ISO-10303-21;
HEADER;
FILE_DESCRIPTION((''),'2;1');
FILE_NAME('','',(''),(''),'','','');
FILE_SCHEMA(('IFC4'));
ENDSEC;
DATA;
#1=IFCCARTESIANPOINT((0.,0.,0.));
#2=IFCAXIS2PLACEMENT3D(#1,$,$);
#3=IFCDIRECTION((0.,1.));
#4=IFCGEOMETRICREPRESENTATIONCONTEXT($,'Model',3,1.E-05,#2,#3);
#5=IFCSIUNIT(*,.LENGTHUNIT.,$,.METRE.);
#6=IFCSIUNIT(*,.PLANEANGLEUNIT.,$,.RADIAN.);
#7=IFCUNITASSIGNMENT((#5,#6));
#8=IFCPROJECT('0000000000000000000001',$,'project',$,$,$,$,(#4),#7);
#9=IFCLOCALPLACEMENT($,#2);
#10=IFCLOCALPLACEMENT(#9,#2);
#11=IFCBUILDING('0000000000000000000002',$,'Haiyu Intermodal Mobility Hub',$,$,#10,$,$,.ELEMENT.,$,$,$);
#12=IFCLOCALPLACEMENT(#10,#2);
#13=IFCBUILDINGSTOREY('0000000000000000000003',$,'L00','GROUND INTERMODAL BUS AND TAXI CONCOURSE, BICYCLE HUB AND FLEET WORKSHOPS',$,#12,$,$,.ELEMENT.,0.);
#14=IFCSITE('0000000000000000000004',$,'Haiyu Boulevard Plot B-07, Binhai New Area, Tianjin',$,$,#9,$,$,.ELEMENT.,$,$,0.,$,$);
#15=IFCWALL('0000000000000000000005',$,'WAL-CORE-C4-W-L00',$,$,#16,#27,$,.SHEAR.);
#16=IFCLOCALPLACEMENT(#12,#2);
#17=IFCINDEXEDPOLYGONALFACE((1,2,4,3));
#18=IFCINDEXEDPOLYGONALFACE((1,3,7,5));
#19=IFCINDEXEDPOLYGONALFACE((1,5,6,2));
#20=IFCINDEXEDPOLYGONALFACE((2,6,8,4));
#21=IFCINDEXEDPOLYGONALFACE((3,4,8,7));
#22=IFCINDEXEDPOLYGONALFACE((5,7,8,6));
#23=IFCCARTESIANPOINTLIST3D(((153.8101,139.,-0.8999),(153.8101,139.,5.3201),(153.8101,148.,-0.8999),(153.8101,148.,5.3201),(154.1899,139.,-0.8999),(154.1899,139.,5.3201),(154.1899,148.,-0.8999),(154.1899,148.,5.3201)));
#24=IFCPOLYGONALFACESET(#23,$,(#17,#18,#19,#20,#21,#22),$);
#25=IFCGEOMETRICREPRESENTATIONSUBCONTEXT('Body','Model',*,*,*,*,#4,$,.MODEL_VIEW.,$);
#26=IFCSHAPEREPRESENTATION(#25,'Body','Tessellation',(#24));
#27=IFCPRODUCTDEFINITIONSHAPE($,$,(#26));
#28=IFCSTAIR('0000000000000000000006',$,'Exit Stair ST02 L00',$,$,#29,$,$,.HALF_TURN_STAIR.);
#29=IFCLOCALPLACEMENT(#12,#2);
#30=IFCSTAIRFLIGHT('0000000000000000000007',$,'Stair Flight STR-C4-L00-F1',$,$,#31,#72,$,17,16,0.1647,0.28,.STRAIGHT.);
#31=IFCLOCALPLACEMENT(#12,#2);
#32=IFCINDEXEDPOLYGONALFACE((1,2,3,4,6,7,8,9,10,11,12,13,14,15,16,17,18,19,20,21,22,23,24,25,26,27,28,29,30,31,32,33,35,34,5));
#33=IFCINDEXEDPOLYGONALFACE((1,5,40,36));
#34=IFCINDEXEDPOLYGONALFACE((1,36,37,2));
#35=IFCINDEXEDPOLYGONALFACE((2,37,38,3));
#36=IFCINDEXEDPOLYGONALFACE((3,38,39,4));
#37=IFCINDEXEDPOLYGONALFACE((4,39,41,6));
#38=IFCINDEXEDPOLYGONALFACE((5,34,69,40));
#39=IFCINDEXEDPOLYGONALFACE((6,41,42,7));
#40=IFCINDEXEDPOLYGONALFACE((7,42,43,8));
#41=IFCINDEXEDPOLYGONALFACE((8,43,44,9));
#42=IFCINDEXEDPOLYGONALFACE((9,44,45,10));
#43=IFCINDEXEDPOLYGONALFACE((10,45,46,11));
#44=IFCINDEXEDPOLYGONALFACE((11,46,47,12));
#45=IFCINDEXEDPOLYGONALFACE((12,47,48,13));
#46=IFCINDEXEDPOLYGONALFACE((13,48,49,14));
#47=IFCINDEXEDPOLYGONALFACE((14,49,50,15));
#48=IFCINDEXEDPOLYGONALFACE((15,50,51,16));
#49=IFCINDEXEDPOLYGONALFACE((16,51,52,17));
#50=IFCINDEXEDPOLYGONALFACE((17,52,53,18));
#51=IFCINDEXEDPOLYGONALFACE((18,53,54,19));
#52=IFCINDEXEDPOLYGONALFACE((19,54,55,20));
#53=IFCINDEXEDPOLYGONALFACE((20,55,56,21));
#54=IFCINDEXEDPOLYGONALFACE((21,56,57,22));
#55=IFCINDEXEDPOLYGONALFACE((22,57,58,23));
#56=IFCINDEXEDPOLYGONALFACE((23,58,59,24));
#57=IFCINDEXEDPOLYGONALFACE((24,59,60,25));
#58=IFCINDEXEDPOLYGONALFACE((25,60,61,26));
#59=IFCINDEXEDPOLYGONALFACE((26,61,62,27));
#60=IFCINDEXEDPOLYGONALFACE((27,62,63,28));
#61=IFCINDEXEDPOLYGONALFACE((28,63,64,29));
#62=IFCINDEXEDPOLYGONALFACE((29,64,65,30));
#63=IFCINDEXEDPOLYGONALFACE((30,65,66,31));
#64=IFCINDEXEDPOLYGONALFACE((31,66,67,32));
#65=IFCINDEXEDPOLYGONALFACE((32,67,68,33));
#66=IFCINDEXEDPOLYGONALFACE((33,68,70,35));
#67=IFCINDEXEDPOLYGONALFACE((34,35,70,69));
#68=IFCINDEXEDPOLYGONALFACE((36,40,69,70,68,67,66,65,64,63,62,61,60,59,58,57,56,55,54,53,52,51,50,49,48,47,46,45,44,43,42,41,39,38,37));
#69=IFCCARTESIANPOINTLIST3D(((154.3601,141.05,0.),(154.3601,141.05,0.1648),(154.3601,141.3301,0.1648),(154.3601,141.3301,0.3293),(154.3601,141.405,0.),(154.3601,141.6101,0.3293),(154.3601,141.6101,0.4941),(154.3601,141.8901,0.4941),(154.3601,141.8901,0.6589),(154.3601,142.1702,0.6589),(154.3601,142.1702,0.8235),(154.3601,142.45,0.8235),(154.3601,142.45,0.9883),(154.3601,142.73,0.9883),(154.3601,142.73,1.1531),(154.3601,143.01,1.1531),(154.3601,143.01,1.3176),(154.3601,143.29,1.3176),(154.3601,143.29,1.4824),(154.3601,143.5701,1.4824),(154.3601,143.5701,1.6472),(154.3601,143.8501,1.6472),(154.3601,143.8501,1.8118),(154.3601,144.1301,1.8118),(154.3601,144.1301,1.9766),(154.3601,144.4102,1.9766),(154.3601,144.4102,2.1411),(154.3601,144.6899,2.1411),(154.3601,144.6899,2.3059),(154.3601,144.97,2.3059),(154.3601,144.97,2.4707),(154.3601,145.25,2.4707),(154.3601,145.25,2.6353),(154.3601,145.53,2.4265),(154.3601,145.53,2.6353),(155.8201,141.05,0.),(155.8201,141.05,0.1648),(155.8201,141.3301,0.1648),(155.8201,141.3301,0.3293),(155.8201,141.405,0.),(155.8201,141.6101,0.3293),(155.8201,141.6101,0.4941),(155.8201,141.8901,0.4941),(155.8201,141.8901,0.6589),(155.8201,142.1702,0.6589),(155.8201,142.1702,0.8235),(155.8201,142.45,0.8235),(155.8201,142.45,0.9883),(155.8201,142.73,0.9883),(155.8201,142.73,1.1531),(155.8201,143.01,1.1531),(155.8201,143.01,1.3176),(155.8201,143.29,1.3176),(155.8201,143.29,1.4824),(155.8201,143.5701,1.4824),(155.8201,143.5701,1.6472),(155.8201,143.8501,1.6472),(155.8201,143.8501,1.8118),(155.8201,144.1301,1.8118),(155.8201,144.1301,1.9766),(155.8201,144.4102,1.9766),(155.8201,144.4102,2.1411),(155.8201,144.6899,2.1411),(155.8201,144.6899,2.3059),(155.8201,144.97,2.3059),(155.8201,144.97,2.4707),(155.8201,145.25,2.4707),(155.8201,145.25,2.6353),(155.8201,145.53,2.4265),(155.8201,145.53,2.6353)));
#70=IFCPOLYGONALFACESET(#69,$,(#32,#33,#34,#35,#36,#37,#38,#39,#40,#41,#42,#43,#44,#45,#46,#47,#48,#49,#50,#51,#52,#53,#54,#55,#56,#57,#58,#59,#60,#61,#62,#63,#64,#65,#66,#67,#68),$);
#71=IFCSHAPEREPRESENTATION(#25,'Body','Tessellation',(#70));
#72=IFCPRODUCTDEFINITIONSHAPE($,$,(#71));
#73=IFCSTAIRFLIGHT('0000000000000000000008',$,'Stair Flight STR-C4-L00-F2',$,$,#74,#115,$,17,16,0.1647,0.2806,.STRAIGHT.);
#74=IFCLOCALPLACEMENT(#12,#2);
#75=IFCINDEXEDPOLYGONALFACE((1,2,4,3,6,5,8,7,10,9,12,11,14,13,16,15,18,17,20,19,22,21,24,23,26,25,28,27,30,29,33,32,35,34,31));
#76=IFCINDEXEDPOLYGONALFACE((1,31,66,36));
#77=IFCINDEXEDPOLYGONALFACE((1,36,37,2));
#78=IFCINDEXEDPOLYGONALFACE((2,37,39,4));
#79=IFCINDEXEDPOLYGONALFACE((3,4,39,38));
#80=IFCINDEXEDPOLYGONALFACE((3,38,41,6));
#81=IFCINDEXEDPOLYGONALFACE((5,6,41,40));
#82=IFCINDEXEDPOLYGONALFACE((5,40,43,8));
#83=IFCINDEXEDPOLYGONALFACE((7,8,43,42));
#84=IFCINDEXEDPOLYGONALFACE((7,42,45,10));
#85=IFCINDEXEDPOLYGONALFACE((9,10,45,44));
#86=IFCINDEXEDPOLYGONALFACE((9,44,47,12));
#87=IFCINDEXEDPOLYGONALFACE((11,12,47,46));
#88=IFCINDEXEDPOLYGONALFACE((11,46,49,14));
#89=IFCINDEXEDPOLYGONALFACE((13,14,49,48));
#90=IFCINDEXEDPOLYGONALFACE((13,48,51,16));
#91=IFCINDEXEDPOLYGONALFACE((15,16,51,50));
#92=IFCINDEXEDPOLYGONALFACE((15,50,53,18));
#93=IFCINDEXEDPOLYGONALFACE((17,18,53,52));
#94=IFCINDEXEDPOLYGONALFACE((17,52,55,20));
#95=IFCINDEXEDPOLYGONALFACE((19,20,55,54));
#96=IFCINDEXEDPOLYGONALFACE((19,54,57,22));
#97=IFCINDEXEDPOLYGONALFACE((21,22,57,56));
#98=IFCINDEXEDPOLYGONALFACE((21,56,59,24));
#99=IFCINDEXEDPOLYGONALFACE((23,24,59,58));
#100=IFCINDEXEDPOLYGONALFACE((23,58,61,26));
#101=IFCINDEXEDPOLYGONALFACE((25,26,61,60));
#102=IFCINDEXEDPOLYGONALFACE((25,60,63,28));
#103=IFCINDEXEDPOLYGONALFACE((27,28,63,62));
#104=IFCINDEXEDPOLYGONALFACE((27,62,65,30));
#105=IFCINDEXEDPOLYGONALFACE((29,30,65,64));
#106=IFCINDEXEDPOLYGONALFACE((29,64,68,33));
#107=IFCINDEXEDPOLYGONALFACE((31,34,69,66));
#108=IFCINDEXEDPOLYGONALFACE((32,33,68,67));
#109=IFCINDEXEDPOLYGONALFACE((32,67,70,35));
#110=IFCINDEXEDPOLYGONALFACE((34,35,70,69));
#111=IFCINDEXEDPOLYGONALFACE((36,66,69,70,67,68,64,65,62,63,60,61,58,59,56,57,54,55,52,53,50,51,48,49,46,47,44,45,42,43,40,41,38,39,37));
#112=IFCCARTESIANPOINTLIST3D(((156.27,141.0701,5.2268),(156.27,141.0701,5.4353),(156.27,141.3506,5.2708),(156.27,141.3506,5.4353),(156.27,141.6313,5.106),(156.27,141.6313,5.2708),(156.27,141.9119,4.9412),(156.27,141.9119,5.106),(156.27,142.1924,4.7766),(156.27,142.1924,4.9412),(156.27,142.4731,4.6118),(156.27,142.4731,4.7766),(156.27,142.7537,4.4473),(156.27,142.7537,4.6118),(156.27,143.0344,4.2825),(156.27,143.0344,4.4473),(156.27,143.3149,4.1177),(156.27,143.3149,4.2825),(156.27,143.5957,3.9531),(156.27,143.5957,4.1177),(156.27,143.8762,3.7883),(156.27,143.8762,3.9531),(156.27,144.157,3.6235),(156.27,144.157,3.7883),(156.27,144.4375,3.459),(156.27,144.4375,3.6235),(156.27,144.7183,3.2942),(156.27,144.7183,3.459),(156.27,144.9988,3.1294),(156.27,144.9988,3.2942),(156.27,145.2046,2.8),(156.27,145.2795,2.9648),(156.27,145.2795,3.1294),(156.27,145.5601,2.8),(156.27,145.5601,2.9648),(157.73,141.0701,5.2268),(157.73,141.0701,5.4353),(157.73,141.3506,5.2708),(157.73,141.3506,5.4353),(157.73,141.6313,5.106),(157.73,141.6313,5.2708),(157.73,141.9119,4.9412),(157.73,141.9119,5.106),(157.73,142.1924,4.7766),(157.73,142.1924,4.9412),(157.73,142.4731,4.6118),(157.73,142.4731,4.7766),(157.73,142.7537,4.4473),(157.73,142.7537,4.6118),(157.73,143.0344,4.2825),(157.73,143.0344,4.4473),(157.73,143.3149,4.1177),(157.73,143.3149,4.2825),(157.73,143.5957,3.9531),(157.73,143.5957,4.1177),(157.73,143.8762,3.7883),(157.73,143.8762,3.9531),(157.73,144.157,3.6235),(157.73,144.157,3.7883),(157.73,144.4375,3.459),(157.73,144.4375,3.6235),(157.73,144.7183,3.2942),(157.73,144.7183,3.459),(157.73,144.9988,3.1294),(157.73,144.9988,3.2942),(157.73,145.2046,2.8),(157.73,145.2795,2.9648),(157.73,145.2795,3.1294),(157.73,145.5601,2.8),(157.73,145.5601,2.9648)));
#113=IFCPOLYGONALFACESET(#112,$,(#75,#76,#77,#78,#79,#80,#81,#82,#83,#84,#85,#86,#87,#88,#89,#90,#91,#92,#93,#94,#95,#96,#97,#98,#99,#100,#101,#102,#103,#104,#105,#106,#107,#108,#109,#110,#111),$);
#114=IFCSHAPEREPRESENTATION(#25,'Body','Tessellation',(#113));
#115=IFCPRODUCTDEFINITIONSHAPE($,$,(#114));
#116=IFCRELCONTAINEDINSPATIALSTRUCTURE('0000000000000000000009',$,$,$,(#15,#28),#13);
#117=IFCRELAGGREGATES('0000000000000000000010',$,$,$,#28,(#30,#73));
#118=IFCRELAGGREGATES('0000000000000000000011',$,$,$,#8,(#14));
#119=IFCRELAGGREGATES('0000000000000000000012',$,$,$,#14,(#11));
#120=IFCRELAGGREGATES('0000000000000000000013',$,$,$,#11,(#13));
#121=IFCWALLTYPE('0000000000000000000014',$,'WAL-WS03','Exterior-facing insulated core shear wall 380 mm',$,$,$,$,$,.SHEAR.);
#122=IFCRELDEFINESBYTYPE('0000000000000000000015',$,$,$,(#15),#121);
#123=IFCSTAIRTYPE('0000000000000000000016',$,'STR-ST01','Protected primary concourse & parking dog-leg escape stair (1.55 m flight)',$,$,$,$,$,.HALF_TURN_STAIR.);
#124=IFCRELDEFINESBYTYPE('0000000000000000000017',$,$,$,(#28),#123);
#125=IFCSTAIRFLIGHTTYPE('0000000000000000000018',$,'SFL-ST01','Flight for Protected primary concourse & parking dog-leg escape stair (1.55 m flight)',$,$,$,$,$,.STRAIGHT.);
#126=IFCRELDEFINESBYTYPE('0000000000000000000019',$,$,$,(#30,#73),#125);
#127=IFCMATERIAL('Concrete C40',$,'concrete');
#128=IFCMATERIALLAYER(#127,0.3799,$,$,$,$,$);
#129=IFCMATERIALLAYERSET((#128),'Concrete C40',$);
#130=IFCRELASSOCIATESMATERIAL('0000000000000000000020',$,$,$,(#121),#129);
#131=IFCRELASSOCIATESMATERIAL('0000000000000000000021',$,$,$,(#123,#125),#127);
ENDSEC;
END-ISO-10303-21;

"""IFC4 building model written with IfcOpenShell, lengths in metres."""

from ifc_helpers import new_model, si_unit, direction, frame, frame_2d, origin, place, context, subcontext, project, spatial, polyline, rectangle, outline, extrude, material, layer, layer_set, type_object, element, aggregate, save


model = new_model("IFC4")

# Units and contexts
model_context = context("Model", 3, precision=1e-05, world=origin(), true_north=direction((0.0, 1.0)))
body_context = subcontext(model_context, "Body", "Model", "MODEL_VIEW")
ifc_project = project(units=[si_unit("LENGTHUNIT", "METRE"), si_unit("PLANEANGLEUNIT", "RADIAN")], contexts=[model_context])

# Site, building, storey
site_placement = place(None, origin())
site = spatial("IfcSite", under=ifc_project, at=site_placement, Name="Haiyu Boulevard Plot B-07, Binhai New Area, Tianjin", CompositionType="ELEMENT", RefElevation=0.0)
building_placement = place(site_placement, origin())
building = spatial("IfcBuilding", under=site, at=building_placement, Name="Haiyu Intermodal Mobility Hub", CompositionType="ELEMENT")
storey_placement = place(building_placement, origin())
storey = spatial("IfcBuildingStorey", under=building, at=storey_placement, Name="L00", Description="GROUND INTERMODAL BUS AND TAXI CONCOURSE, BICYCLE HUB AND FLEET WORKSHOPS", CompositionType="ELEMENT", Elevation=0.0)

# Shared definitions
ifc_material_1 = material(Name="Concrete C40", Category="concrete")

# Wall
ifc_layer_1 = layer(ifc_material_1, 0.3799)
ifc_layer_set_1 = layer_set([ifc_layer_1], Name="Concrete C40")
wall_type_1 = type_object("IfcWallType", Name="WAL-WS03", Description="Exterior-facing insulated core shear wall 380 mm", PredefinedType="SHEAR", material=ifc_layer_set_1)
wall_1_placement = place(storey_placement, frame((154.0, 148.0, -0.8999), z_axis=(0.0, 0.0, 1.0), x_axis=(0.0, -1.0, 0.0)))
element("IfcWall", 1, at=wall_1_placement, inside=storey, type_object=wall_type_1, Name="WAL-CORE-C4-W-L00", PredefinedType="SHEAR", context=body_context, shape_type="SweptSolid", body=[
    extrude(rectangle(XDim=9.0, YDim=0.3799, at=frame_2d((4.5, 0.0))), origin(), (0.0, 0.0, 1.0), 6.22),
])

# Stair, stair flights
stair_type = type_object("IfcStairType", Name="STR-ST01", Description="Protected primary concourse & parking dog-leg escape stair (1.55 m flight)", PredefinedType="HALF_TURN_STAIR", material=ifc_material_1)
stair_placement = place(storey_placement, origin())
stair = element("IfcStair", 2, at=stair_placement, inside=storey, type_object=stair_type, Name="Exit Stair ST02 L00", PredefinedType="HALF_TURN_STAIR")
stair_flight_type = type_object("IfcStairFlightType", Name="SFL-ST01", Description="Flight for Protected primary concourse & parking dog-leg escape stair (1.55 m flight)", PredefinedType="STRAIGHT", material=ifc_material_1)
stair_flight_1_placement = place(storey_placement, frame((155.0901, 141.05, 0.0), z_axis=(0.0, 0.0, 1.0), x_axis=(0.0, 1.0, 0.0)))
stair_flight_1 = element("IfcStairFlight", 3, at=stair_flight_1_placement, type_object=stair_flight_type, Name="Stair Flight STR-C4-L00-F1", NumberOfRisers=17, NumberOfTreads=16, PredefinedType="STRAIGHT", RiserHeight=0.1647, TreadLength=0.28, context=body_context, shape_type="SweptSolid", body=[
    extrude(outline(polyline([(0.0, 0.0), (0.0, 0.1648), (0.28, 0.1648), (0.28, 0.3293), (0.5601, 0.3293), (0.5601, 0.4941), (0.8401, 0.4941), (0.8401, 0.6589), (1.1201, 0.6589), (1.1201, 0.8235), (1.3999, 0.8235), (1.3999, 0.9883), (1.6799, 0.9883), (1.6799, 1.1531), (1.96, 1.1531), (1.96, 1.3176), (2.24, 1.3176), (2.24, 1.4824), (2.52, 1.4824), (2.52, 1.6472), (2.8, 1.6472), (2.8, 1.8118), (3.0801, 1.8118), (3.0801, 1.9766), (3.3601, 1.9766), (3.3601, 2.1411), (3.6399, 2.1411), (3.6399, 2.3059), (3.9199, 2.3059), (3.9199, 2.4707), (4.2, 2.4707), (4.2, 2.6353), (4.48, 2.6353), (4.48, 2.8), (4.48, 2.4265), (0.355, 0.0), (0.0, 0.0)])), frame((0.0, 0.73, 0.0), z_axis=(0.0, -1.0, 0.0), x_axis=(1.0, 0.0, 0.0)), (0.0, 0.0, 1.0), 1.46),
])
stair_flight_2_placement = place(storey_placement, frame((157.0, 145.5601, 2.8), z_axis=(0.0, 0.0, 1.0), x_axis=(0.0, -1.0, 0.0)))
stair_flight_2 = element("IfcStairFlight", 4, at=stair_flight_2_placement, type_object=stair_flight_type, Name="Stair Flight STR-C4-L00-F2", NumberOfRisers=17, NumberOfTreads=16, PredefinedType="STRAIGHT", RiserHeight=0.1647, TreadLength=0.2806, context=body_context, shape_type="SweptSolid", body=[
    extrude(outline(polyline([(0.0, 0.0), (0.0, 0.1648), (0.2805, 0.1648), (0.2805, 0.3293), (0.5613, 0.3293), (0.5613, 0.4941), (0.8418, 0.4941), (0.8418, 0.6589), (1.1226, 0.6589), (1.1226, 0.8235), (1.4031, 0.8235), (1.4031, 0.9883), (1.6838, 0.9883), (1.6838, 1.1531), (1.9644, 1.1531), (1.9644, 1.3176), (2.2451, 1.3176), (2.2451, 1.4824), (2.5256, 1.4824), (2.5256, 1.6472), (2.8064, 1.6472), (2.8064, 1.8118), (3.0869, 1.8118), (3.0869, 1.9766), (3.3677, 1.9766), (3.3677, 2.1411), (3.6482, 2.1411), (3.6482, 2.3059), (3.9287, 2.3059), (3.9287, 2.4707), (4.2095, 2.4707), (4.2095, 2.6353), (4.49, 2.6353), (4.49, 2.8), (4.49, 2.4268), (0.3555, 0.0), (0.0, 0.0)])), frame((0.0, 0.73, 0.0), z_axis=(0.0, -1.0, 0.0), x_axis=(1.0, 0.0, 0.0)), (0.0, 0.0, 1.0), 1.46),
])
aggregate(stair, [stair_flight_1, stair_flight_2])

save(model, "model.ifc")
